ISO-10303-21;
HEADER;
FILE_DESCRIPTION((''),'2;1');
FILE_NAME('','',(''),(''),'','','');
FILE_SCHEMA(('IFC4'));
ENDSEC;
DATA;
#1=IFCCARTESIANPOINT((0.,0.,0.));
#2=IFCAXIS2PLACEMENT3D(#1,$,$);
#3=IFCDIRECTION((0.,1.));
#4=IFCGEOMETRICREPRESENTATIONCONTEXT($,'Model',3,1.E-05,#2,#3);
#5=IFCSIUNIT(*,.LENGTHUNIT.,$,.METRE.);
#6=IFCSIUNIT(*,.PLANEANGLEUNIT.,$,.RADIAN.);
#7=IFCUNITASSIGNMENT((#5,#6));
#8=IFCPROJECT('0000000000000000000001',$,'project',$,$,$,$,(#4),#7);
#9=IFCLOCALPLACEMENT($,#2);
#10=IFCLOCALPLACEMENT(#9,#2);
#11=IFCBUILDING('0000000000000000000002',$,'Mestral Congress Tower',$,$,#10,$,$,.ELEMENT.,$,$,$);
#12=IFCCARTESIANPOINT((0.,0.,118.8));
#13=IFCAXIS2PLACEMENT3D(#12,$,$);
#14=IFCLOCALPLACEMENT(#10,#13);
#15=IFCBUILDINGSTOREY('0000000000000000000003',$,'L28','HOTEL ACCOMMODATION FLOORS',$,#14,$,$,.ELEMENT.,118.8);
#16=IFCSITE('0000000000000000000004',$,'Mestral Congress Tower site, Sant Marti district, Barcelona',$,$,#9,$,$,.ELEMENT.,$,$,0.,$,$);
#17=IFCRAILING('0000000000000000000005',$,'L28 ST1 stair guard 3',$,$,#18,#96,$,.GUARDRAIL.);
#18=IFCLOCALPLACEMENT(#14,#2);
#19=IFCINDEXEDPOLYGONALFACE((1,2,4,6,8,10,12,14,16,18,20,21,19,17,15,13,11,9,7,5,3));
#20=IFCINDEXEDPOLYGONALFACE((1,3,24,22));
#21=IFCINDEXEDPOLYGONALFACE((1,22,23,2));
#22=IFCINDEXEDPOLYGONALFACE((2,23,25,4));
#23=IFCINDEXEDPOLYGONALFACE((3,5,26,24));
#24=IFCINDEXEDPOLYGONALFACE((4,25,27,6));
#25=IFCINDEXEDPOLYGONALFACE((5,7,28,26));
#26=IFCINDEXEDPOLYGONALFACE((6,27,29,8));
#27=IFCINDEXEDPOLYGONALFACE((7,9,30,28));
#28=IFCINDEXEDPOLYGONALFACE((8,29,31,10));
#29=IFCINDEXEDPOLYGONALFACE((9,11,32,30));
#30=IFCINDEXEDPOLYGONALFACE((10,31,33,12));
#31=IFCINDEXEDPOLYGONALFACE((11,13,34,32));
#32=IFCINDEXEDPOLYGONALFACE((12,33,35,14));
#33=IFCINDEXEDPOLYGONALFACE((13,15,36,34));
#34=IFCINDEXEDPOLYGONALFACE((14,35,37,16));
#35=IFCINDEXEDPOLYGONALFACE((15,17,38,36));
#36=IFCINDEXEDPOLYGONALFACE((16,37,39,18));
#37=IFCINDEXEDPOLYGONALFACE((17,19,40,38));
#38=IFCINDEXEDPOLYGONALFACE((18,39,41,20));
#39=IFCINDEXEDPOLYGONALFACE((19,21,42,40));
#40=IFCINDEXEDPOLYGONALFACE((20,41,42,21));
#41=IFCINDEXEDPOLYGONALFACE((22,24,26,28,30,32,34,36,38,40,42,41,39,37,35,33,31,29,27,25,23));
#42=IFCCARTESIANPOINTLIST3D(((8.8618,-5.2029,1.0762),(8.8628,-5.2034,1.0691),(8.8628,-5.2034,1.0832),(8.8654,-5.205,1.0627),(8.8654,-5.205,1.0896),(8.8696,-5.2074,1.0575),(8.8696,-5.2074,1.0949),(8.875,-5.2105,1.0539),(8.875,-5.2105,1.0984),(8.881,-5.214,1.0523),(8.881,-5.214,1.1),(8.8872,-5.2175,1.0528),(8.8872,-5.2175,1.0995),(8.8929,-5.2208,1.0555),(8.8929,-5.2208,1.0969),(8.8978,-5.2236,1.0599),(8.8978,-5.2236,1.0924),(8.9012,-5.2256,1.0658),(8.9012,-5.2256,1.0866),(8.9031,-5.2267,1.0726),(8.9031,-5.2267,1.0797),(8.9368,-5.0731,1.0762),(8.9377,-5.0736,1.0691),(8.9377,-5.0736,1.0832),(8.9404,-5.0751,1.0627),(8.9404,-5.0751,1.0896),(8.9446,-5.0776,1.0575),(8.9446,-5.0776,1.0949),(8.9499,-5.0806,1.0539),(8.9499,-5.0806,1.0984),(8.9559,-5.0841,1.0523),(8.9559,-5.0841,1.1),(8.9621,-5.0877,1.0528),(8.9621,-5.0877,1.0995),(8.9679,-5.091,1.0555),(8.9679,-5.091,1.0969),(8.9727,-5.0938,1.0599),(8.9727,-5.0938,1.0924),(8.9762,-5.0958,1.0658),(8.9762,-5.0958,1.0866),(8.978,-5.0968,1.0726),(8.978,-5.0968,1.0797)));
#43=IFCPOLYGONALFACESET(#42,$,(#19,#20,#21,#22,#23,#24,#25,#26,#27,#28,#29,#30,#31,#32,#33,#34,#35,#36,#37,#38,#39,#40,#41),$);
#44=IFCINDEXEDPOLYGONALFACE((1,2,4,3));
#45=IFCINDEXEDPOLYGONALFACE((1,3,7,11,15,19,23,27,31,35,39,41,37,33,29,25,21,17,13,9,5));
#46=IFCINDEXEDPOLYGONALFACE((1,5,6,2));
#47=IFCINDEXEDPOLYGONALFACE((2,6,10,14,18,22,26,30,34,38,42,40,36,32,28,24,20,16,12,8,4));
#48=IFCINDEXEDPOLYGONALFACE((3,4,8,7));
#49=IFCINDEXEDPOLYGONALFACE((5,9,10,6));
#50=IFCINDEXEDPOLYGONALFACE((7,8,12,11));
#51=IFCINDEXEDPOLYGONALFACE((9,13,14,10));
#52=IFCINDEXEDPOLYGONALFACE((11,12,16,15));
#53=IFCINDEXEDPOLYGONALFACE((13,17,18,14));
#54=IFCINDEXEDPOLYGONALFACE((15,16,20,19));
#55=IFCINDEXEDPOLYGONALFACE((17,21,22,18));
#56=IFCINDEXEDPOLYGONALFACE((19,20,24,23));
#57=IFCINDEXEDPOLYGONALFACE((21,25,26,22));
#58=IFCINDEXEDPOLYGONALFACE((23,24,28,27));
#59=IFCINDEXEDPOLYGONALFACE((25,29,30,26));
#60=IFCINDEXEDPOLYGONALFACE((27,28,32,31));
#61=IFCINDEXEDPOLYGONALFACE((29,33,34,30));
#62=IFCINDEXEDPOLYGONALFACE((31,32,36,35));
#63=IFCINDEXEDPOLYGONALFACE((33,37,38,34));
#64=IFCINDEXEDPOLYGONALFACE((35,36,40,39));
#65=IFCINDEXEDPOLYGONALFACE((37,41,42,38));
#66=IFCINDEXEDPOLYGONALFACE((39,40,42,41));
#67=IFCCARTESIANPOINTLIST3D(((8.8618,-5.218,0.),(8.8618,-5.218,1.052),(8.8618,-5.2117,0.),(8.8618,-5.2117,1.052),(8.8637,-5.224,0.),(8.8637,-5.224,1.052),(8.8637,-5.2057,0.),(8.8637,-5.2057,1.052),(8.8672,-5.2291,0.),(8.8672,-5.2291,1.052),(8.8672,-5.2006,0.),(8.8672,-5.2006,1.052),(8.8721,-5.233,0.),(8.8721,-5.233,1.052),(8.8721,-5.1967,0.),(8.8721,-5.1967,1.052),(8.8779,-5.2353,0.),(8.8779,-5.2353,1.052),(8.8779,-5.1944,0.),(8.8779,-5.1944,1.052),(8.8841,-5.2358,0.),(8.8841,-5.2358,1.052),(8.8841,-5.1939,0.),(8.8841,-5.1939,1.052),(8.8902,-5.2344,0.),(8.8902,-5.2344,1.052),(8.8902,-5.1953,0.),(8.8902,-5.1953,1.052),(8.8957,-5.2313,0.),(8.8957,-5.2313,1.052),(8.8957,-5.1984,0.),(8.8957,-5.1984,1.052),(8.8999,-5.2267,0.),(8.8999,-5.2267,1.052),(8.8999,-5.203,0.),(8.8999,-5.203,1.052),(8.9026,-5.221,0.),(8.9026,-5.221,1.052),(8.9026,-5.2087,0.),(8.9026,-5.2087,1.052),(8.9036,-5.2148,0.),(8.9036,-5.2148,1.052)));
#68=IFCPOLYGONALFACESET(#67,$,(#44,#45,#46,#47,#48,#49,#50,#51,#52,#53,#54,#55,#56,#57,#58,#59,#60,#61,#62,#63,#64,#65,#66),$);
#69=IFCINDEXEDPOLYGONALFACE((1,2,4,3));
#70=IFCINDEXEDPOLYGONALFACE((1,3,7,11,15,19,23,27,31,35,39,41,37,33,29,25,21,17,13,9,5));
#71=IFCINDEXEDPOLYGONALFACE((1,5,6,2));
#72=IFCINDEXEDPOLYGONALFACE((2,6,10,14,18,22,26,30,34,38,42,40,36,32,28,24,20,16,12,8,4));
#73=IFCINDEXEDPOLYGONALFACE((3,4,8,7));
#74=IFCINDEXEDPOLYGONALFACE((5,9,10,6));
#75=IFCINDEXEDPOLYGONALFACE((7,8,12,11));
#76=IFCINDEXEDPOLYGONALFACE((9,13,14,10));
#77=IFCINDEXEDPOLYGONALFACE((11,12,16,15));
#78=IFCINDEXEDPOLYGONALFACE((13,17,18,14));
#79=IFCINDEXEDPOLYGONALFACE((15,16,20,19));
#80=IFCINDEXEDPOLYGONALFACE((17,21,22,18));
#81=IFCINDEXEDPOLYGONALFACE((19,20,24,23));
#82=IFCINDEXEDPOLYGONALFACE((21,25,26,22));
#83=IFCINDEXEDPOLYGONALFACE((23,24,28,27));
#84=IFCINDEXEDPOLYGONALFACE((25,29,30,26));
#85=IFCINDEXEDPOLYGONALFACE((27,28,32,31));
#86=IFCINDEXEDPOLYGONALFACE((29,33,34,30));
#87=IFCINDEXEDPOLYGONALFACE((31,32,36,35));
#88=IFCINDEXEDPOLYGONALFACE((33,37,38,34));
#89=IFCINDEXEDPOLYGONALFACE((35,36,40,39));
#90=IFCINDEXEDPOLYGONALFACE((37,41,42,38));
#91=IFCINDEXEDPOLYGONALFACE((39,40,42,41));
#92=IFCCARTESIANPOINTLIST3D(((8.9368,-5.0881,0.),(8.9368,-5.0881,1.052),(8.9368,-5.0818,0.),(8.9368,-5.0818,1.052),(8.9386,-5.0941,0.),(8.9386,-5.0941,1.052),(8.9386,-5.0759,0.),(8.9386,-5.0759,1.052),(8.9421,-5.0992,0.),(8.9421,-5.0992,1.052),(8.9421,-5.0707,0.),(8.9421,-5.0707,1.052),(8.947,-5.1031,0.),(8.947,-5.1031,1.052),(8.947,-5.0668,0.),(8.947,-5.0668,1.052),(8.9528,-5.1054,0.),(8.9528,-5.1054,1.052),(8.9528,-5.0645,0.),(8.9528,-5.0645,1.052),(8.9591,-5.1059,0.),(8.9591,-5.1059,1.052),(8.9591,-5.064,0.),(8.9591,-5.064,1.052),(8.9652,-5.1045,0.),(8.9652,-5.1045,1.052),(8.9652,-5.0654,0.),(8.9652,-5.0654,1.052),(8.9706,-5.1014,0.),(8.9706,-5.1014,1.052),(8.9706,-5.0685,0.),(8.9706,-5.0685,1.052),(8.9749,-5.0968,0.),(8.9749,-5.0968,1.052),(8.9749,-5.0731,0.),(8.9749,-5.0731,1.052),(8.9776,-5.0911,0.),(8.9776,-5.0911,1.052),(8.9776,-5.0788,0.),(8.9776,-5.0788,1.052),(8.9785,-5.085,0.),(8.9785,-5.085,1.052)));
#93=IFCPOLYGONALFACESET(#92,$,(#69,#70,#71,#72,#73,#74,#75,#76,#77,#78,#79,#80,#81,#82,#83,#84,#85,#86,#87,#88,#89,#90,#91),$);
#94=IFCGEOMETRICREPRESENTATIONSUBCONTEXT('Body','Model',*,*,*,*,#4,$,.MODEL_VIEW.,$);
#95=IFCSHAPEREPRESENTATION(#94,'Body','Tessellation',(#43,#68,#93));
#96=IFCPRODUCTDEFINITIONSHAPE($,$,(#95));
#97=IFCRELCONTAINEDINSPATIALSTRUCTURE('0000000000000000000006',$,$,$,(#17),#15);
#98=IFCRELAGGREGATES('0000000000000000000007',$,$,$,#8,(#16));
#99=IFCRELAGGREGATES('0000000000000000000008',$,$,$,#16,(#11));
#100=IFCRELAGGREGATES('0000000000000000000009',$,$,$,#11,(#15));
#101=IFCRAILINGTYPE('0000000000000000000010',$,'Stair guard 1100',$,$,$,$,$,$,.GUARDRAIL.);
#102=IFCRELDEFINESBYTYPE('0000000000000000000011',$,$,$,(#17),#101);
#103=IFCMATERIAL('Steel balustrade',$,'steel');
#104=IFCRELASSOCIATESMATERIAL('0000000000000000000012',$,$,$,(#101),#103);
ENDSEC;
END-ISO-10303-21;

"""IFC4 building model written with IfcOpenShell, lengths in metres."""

from ifc_helpers import new_model, si_unit, direction, frame, origin, origin_2d, place, context, subcontext, project, spatial, circle, extrude, material, type_object, element, save


model = new_model("IFC4")

# Units and contexts
model_context = context("Model", 3, precision=1e-05, world=origin(), true_north=direction((0.0, 1.0)))
body_context = subcontext(model_context, "Body", "Model", "MODEL_VIEW")
ifc_project = project(units=[si_unit("LENGTHUNIT", "METRE"), si_unit("PLANEANGLEUNIT", "RADIAN")], contexts=[model_context])

# Site, building, storey
site_placement = place(None, origin())
site = spatial("IfcSite", under=ifc_project, at=site_placement, Name="Mestral Congress Tower site, Sant Marti district, Barcelona", CompositionType="ELEMENT", RefElevation=0.0)
building_placement = place(site_placement, origin())
building = spatial("IfcBuilding", under=site, at=building_placement, Name="Mestral Congress Tower", CompositionType="ELEMENT")
storey_placement = place(building_placement, frame((0.0, 0.0, 118.8)))
storey = spatial("IfcBuildingStorey", under=building, at=storey_placement, Name="L28", Description="HOTEL ACCOMMODATION FLOORS", CompositionType="ELEMENT", Elevation=118.8)

# Railing
ifc_material_1 = material(Name="Steel balustrade", Category="steel")
railing_type_1 = type_object("IfcRailingType", Name="Stair guard 1100", PredefinedType="GUARDRAIL", material=ifc_material_1)
railing_1_placement = place(storey_placement, frame((8.8826, -5.2148, 0.0)))
element("IfcRailing", 1, at=railing_1_placement, inside=storey, type_object=railing_type_1, Name="L28 ST1 stair guard 3", PredefinedType="GUARDRAIL", context=body_context, shape_type="SweptSolid", body=[
    extrude(circle(Radius=0.0239, at=origin_2d()), frame((0.0, 0.0, 1.0762), z_axis=(0.499816, 0.866131, 0.0), x_axis=(-0.866131, 0.499816, 0.0)), (0.0, 0.0, 1.0), 0.1499),
    extrude(circle(Radius=0.021, at=origin_2d()), origin(), (0.0, 0.0, 1.0), 1.052),
    extrude(circle(Radius=0.021, at=origin_2d()), frame((0.075, 0.1299, 0.0)), (0.0, 0.0, 1.0), 1.052),
])

save(model, "model.ifc")
